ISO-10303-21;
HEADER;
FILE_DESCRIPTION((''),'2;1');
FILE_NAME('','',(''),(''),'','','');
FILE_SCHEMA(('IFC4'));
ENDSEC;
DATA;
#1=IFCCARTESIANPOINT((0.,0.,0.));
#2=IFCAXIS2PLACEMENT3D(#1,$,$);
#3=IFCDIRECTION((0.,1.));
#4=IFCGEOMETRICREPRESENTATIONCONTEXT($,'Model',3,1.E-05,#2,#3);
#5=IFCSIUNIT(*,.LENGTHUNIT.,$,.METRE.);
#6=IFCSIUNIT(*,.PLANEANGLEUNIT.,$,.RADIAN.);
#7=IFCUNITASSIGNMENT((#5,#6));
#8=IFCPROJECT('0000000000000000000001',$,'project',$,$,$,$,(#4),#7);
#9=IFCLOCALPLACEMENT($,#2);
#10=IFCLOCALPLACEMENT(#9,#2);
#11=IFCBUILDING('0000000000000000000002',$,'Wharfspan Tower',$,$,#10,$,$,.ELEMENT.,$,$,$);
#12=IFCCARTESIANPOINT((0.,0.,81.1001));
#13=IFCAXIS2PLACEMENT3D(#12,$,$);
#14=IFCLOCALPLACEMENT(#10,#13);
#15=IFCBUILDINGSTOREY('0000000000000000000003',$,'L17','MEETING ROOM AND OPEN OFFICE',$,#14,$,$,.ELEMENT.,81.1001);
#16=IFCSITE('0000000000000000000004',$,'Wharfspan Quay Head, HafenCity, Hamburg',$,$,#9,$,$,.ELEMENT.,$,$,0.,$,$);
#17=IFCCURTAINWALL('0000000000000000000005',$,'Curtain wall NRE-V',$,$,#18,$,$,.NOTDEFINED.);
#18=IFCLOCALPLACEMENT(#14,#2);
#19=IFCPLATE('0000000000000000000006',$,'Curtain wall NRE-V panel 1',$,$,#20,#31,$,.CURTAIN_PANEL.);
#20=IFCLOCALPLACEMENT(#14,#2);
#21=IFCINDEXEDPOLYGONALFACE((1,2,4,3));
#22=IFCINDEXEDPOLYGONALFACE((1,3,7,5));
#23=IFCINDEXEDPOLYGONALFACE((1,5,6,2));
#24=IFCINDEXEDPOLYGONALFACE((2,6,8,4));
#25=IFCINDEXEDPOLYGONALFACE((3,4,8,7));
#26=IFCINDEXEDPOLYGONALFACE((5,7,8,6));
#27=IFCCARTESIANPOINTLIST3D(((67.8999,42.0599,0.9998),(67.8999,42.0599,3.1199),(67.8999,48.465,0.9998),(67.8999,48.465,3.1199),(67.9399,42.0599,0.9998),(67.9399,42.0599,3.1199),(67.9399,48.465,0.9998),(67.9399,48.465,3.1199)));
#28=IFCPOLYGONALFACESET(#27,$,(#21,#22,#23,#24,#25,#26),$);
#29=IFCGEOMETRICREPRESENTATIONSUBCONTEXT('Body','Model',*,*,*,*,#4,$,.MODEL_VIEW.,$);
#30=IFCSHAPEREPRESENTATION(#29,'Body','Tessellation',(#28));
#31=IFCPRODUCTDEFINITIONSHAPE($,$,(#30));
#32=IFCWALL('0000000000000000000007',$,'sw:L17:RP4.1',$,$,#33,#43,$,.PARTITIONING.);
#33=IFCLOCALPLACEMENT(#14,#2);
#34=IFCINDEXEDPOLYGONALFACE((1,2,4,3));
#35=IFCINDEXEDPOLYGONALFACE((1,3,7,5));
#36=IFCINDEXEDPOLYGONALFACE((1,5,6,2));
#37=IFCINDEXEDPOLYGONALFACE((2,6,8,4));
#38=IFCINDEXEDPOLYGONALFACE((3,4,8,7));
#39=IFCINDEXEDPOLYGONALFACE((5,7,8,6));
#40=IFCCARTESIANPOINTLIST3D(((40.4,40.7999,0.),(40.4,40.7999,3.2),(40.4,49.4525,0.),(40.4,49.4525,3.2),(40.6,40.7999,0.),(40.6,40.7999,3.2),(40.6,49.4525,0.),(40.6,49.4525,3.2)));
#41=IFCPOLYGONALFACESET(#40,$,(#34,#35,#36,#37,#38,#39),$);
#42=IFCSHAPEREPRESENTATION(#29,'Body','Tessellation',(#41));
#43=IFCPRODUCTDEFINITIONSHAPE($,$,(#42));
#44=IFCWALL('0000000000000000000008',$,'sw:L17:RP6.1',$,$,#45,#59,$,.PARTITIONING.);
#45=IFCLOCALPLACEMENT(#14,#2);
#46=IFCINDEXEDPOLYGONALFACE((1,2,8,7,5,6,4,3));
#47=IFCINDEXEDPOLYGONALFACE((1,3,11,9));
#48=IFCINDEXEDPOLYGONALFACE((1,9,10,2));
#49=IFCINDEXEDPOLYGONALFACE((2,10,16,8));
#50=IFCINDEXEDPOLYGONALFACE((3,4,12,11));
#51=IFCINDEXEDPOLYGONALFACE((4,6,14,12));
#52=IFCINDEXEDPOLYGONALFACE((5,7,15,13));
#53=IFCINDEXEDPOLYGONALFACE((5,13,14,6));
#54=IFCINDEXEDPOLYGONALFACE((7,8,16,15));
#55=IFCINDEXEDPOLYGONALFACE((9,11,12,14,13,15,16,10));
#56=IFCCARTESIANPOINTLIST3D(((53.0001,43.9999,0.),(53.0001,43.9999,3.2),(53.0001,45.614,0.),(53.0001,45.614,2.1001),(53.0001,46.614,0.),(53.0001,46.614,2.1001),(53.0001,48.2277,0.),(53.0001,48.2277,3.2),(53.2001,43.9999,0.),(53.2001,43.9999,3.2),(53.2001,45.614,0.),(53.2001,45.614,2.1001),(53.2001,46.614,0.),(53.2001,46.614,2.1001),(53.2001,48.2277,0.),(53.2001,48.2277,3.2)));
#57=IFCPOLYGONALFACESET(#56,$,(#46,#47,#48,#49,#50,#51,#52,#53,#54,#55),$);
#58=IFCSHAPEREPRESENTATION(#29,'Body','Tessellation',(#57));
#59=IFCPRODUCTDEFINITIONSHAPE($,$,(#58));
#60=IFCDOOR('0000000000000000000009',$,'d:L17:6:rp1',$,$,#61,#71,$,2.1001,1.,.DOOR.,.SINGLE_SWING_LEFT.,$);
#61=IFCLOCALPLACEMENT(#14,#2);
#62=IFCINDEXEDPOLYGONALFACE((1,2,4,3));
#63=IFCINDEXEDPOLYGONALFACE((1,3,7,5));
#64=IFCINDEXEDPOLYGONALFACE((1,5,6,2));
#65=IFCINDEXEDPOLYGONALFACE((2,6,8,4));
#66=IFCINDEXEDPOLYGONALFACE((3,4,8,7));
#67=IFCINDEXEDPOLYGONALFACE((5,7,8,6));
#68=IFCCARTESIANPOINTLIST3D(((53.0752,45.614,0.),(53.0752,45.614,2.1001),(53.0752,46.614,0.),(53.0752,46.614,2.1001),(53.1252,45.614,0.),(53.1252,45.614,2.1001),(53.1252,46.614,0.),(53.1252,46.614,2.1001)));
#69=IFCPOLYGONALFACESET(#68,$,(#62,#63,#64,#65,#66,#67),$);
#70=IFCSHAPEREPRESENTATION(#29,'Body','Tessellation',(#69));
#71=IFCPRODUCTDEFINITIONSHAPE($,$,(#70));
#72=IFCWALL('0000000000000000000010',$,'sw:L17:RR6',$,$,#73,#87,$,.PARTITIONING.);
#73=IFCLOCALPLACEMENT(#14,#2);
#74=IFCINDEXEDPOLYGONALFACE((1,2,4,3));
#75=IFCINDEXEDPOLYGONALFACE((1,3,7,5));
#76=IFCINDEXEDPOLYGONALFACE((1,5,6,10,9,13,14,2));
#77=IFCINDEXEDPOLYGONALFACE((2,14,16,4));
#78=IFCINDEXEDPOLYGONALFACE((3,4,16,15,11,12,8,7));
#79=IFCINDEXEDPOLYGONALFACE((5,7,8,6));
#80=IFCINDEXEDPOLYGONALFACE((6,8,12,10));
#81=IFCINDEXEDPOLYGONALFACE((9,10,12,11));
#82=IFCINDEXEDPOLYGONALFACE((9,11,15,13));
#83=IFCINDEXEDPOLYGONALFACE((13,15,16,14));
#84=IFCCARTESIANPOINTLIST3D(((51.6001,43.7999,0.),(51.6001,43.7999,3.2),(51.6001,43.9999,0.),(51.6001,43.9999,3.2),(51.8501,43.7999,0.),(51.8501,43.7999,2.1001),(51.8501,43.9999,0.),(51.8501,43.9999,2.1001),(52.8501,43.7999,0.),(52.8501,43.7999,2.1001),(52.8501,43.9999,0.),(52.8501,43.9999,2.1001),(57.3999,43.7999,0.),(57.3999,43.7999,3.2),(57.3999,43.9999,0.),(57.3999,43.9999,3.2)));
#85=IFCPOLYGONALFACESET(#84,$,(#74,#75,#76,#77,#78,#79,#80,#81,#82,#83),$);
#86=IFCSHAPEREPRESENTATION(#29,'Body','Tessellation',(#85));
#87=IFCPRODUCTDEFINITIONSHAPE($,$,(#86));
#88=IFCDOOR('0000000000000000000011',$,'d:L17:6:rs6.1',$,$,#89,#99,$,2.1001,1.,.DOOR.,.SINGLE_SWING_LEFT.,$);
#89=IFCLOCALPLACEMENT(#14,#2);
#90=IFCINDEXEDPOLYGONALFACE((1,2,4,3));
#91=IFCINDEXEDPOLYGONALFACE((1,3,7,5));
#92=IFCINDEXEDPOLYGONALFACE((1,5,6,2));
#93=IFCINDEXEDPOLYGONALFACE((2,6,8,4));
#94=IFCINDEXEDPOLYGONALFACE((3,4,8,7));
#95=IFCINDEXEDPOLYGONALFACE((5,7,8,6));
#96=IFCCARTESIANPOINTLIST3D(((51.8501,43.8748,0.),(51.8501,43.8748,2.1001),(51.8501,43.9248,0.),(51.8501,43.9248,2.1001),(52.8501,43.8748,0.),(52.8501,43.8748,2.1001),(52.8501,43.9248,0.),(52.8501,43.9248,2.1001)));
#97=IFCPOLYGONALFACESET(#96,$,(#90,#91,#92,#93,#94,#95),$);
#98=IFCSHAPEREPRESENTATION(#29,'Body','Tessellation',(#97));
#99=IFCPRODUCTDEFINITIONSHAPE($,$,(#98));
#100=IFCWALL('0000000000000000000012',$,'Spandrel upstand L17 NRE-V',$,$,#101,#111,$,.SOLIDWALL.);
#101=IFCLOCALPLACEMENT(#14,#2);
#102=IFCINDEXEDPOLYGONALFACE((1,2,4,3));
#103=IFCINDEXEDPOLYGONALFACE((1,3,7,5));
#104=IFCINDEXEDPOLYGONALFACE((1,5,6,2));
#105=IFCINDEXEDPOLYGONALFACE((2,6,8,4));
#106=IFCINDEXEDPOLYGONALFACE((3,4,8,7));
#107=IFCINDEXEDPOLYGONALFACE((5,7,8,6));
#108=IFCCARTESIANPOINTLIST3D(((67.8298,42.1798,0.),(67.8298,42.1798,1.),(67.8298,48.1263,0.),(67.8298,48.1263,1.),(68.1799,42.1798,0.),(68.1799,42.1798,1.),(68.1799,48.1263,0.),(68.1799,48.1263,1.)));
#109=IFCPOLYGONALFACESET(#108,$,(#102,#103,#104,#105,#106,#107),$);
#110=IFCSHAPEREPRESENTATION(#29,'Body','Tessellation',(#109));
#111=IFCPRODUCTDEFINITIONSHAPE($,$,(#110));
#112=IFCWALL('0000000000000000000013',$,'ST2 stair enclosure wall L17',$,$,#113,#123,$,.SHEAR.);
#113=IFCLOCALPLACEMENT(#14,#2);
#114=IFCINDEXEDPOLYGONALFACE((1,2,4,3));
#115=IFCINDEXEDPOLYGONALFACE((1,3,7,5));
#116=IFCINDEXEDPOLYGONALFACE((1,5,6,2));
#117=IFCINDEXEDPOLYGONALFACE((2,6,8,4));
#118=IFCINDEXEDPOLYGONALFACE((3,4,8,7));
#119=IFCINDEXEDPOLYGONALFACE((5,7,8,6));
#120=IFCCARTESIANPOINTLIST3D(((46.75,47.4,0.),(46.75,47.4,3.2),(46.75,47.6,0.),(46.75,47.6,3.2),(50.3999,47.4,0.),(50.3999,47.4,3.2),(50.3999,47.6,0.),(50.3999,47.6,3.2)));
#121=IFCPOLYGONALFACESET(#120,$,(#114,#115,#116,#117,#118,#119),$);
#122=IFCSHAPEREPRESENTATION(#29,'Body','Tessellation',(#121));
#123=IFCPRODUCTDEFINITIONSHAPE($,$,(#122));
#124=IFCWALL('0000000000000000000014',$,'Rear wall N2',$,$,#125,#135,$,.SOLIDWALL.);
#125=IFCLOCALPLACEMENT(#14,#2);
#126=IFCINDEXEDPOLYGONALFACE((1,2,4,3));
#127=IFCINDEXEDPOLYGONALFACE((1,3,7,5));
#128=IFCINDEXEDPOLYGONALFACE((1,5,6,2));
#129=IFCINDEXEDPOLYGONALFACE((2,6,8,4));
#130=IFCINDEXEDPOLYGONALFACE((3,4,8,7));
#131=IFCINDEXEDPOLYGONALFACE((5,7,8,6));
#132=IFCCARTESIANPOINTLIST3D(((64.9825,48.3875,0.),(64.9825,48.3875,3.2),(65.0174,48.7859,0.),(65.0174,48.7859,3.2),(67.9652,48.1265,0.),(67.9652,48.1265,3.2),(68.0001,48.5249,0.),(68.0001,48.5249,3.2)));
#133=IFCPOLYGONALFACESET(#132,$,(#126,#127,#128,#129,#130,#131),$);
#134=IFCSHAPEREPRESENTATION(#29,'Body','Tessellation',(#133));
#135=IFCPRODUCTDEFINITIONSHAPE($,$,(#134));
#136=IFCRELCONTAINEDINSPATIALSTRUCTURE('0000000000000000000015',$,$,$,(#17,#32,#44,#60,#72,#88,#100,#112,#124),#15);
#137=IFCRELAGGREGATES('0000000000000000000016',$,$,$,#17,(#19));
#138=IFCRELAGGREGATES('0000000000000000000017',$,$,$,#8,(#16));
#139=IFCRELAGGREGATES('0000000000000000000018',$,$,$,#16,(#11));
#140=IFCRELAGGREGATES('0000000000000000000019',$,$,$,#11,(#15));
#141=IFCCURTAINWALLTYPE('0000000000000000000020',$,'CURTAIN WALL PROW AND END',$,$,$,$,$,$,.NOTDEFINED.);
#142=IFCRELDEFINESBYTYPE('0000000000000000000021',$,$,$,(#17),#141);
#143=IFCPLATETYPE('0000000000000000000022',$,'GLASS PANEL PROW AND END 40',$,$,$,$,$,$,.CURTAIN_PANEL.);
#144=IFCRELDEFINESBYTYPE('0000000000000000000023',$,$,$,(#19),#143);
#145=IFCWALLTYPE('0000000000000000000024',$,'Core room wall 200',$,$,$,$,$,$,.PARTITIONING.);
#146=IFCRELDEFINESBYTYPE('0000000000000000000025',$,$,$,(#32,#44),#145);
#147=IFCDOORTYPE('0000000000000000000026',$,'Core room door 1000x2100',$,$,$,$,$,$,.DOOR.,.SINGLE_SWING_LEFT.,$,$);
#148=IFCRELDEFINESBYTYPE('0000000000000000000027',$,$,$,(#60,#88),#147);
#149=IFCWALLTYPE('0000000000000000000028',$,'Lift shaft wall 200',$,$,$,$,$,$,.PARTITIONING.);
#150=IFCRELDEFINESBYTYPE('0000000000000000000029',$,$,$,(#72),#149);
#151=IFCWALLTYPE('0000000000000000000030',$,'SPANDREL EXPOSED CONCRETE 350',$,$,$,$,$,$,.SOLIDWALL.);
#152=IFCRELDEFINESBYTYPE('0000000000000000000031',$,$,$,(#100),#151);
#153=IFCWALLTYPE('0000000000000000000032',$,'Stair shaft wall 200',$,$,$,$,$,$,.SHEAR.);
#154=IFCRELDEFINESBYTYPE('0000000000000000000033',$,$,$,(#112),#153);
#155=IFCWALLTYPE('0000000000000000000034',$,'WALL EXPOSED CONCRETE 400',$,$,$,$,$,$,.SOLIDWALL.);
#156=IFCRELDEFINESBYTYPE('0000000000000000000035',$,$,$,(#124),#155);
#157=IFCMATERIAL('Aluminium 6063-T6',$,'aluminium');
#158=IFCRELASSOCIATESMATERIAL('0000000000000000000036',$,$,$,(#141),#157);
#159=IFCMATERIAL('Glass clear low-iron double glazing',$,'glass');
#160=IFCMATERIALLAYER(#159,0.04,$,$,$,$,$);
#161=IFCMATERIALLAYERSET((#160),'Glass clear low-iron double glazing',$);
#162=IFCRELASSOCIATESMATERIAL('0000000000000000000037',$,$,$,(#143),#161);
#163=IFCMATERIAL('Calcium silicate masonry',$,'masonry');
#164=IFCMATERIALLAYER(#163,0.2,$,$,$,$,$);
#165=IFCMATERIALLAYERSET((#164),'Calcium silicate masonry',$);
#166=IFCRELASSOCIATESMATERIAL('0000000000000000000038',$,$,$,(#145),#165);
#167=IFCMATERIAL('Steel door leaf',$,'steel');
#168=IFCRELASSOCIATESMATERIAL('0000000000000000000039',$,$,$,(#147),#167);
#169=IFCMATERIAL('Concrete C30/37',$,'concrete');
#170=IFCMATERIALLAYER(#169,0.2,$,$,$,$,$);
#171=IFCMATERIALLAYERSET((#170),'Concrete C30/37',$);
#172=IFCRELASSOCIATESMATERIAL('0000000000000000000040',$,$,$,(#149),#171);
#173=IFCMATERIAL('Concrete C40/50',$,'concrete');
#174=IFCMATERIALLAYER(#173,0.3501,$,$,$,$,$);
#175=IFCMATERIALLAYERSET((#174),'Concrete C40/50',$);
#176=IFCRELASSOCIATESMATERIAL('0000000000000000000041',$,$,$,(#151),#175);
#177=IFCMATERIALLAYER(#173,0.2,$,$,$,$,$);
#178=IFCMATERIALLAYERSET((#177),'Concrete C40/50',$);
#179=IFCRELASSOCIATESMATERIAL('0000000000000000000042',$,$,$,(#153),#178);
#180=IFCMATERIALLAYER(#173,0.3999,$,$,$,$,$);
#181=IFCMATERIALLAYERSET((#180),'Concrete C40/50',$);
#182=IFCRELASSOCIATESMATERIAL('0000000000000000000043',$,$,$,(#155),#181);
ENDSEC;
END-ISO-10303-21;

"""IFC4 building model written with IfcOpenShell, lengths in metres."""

from ifc_helpers import new_model, si_unit, direction, frame, frame_2d, origin, origin_2d, place, context, subcontext, project, spatial, rectangle, extrude, material, layer, layer_set, type_object, element, fill, aggregate, save


model = new_model("IFC4")

# Units and contexts
model_context = context("Model", 3, precision=1e-05, world=origin(), true_north=direction((0.0, 1.0)))
body_context = subcontext(model_context, "Body", "Model", "MODEL_VIEW")
ifc_project = project(units=[si_unit("LENGTHUNIT", "METRE"), si_unit("PLANEANGLEUNIT", "RADIAN")], contexts=[model_context])

# Site, building, storey
site_placement = place(None, origin())
site = spatial("IfcSite", under=ifc_project, at=site_placement, Name="Wharfspan Quay Head, HafenCity, Hamburg", CompositionType="ELEMENT", RefElevation=0.0)
building_placement = place(site_placement, origin())
building = spatial("IfcBuilding", under=site, at=building_placement, Name="Wharfspan Tower", CompositionType="ELEMENT")
storey_placement = place(building_placement, frame((0.0, 0.0, 81.1001)))
storey = spatial("IfcBuildingStorey", under=building, at=storey_placement, Name="L17", Description="MEETING ROOM AND OPEN OFFICE", CompositionType="ELEMENT", Elevation=81.1001)

# Shared definitions
ifc_material_1 = material(Name="Aluminium 6063-T6", Category="aluminium")
curtain_wall_type = type_object("IfcCurtainWallType", Name="CURTAIN WALL PROW AND END", PredefinedType="NOTDEFINED", material=ifc_material_1)

# Curtain wall
curtain_wall_1_placement = place(storey_placement, origin())
curtain_wall_1 = element("IfcCurtainWall", 1, at=curtain_wall_1_placement, inside=storey, type_object=curtain_wall_type, Name="Curtain wall NRE-V", PredefinedType="NOTDEFINED")

# Plate
ifc_material_2 = material(Name="Glass clear low-iron double glazing", Category="glass")
ifc_layer_1 = layer(ifc_material_2, 0.04)
ifc_layer_set_1 = layer_set([ifc_layer_1], Name="Glass clear low-iron double glazing")
plate_type = type_object("IfcPlateType", Name="GLASS PANEL PROW AND END 40", PredefinedType="CURTAIN_PANEL", material=ifc_layer_set_1)
plate_placement = place(storey_placement, frame((67.9199, 45.2625, 0.9998), z_axis=(0.0, 0.0, 1.0), x_axis=(0.0, 1.0, 0.0)))
plate = element("IfcPlate", 2, at=plate_placement, type_object=plate_type, Name="Curtain wall NRE-V panel 1", PredefinedType="CURTAIN_PANEL", context=body_context, shape_type="SweptSolid", body=[
    extrude(rectangle(XDim=6.405, YDim=0.04, at=origin_2d()), origin(), (0.0, 0.0, 1.0), 2.1201),
])
aggregate(curtain_wall_1, [plate])

# Wall
ifc_material_3 = material(Name="Calcium silicate masonry", Category="masonry")
ifc_layer_2 = layer(ifc_material_3, 0.2)
ifc_layer_set_2 = layer_set([ifc_layer_2], Name="Calcium silicate masonry")
wall_type_1 = type_object("IfcWallType", Name="Core room wall 200", PredefinedType="PARTITIONING", material=ifc_layer_set_2)
wall_1_placement = place(storey_placement, frame((40.5, 40.8, 0.0), z_axis=(0.0, 0.0, 1.0), x_axis=(0.0, 1.0, 0.0)))
element("IfcWall", 3, at=wall_1_placement, inside=storey, type_object=wall_type_1, Name="sw:L17:RP4.1", PredefinedType="PARTITIONING", context=body_context, shape_type="SweptSolid", body=[
    extrude(rectangle(XDim=8.6526, YDim=0.2, at=frame_2d((4.3262, 0.0))), origin(), (0.0, 0.0, 1.0), 3.2),
])

# Walls, openings, doors
wall_2_placement = place(storey_placement, frame((53.1001, 44.0, 0.0), z_axis=(0.0, 0.0, 1.0), x_axis=(0.0, 1.0, 0.0)))
wall_2 = element("IfcWall", 4, at=wall_2_placement, inside=storey, type_object=wall_type_1, Name="sw:L17:RP6.1", PredefinedType="PARTITIONING", context=body_context, shape_type="SweptSolid", body=[
    extrude(rectangle(XDim=4.2278, YDim=0.2, at=frame_2d((2.1138, 0.0))), origin(), (0.0, 0.0, 1.0), 3.2),
])
opening_1_placement = place(wall_2_placement, frame((1.614, 0.0, 0.0)))
opening_1 = element("IfcOpeningElement", 5, at=opening_1_placement, cuts=wall_2, PredefinedType="OPENING", context=body_context, shape_type="SweptSolid", body=[
    extrude(rectangle(XDim=1.0, YDim=2.1001, at=frame_2d((0.5, 1.05))), frame((0.0, 0.1099, 0.0), z_axis=(0.0, -1.0, 0.0), x_axis=(1.0, 0.0, 0.0)), (0.0, 0.0, 1.0), 0.22),
])
ifc_material_4 = material(Name="Steel door leaf", Category="steel")
door_type = type_object("IfcDoorType", Name="Core room door 1000x2100", OperationType="SINGLE_SWING_LEFT", PredefinedType="DOOR", material=ifc_material_4)
door_1_placement = place(opening_1_placement, origin())
door_1 = element("IfcDoor", 6, at=door_1_placement, inside=storey, type_object=door_type, Name="d:L17:6:rp1", OperationType="SINGLE_SWING_LEFT", OverallHeight=2.1001, OverallWidth=1.0, PredefinedType="DOOR", context=body_context, shape_type="SweptSolid", body=[
    extrude(rectangle(XDim=1.0, YDim=2.1001, at=frame_2d((0.5, 1.05))), frame((0.0, 0.0249, 0.0), z_axis=(0.0, -1.0, 0.0), x_axis=(1.0, 0.0, 0.0)), (0.0, 0.0, 1.0), 0.05),
])
fill(opening_1, door_1)
ifc_material_5 = material(Name="Concrete C30/37", Category="concrete")
ifc_layer_3 = layer(ifc_material_5, 0.2)
ifc_layer_set_3 = layer_set([ifc_layer_3], Name="Concrete C30/37")
wall_type_2 = type_object("IfcWallType", Name="Lift shaft wall 200", PredefinedType="PARTITIONING", material=ifc_layer_set_3)
wall_3_placement = place(storey_placement, frame((51.6001, 43.8999, 0.0), z_axis=(0.0, 0.0, 1.0), x_axis=(1.0, 0.0, 0.0)))
wall_3 = element("IfcWall", 7, at=wall_3_placement, inside=storey, type_object=wall_type_2, Name="sw:L17:RR6", PredefinedType="PARTITIONING", context=body_context, shape_type="SweptSolid", body=[
    extrude(rectangle(XDim=5.7998, YDim=0.2, at=frame_2d((2.8999, 0.0))), origin(), (0.0, 0.0, 1.0), 3.2),
])
opening_2_placement = place(wall_3_placement, frame((0.25, 0.0, 0.0)))
opening_2 = element("IfcOpeningElement", 8, at=opening_2_placement, cuts=wall_3, PredefinedType="OPENING", context=body_context, shape_type="SweptSolid", body=[
    extrude(rectangle(XDim=1.0, YDim=2.1001, at=frame_2d((0.5, 1.05))), frame((0.0, 0.1099, 0.0), z_axis=(0.0, -1.0, 0.0), x_axis=(1.0, 0.0, 0.0)), (0.0, 0.0, 1.0), 0.22),
])
door_2_placement = place(opening_2_placement, origin())
door_2 = element("IfcDoor", 9, at=door_2_placement, inside=storey, type_object=door_type, Name="d:L17:6:rs6.1", OperationType="SINGLE_SWING_LEFT", OverallHeight=2.1001, OverallWidth=1.0, PredefinedType="DOOR", context=body_context, shape_type="SweptSolid", body=[
    extrude(rectangle(XDim=1.0, YDim=2.1001, at=frame_2d((0.5, 1.05))), frame((0.0, 0.0249, 0.0), z_axis=(0.0, -1.0, 0.0), x_axis=(1.0, 0.0, 0.0)), (0.0, 0.0, 1.0), 0.05),
])
fill(opening_2, door_2)

# Walls
ifc_material_6 = material(Name="Concrete C40/50", Category="concrete")
ifc_layer_4 = layer(ifc_material_6, 0.3501)
ifc_layer_set_4 = layer_set([ifc_layer_4], Name="Concrete C40/50")
wall_type_3 = type_object("IfcWallType", Name="SPANDREL EXPOSED CONCRETE 350", PredefinedType="SOLIDWALL", material=ifc_layer_set_4)
wall_4_placement = place(storey_placement, frame((68.0049, 42.1799, 0.0), z_axis=(0.0, 0.0, 1.0), x_axis=(0.0, 1.0, 0.0)))
element("IfcWall", 10, at=wall_4_placement, inside=storey, type_object=wall_type_3, Name="Spandrel upstand L17 NRE-V", PredefinedType="SOLIDWALL", context=body_context, shape_type="SweptSolid", body=[
    extrude(rectangle(XDim=5.9465, YDim=0.3501, at=frame_2d((2.9731, 0.0))), origin(), (0.0, 0.0, 1.0), 1.0),
])
ifc_layer_5 = layer(ifc_material_6, 0.2)
ifc_layer_set_5 = layer_set([ifc_layer_5], Name="Concrete C40/50")
wall_type_4 = type_object("IfcWallType", Name="Stair shaft wall 200", PredefinedType="SHEAR", material=ifc_layer_set_5)
wall_5_placement = place(storey_placement, frame((46.75, 47.5, 0.0), z_axis=(0.0, 0.0, 1.0), x_axis=(1.0, 0.0, 0.0)))
element("IfcWall", 11, at=wall_5_placement, inside=storey, type_object=wall_type_4, Name="ST2 stair enclosure wall L17", PredefinedType="SHEAR", context=body_context, shape_type="SweptSolid", body=[
    extrude(rectangle(XDim=3.6499, YDim=0.2, at=frame_2d((1.825, 0.0))), origin(), (0.0, 0.0, 1.0), 3.2),
])
ifc_layer_6 = layer(ifc_material_6, 0.3999)
ifc_layer_set_6 = layer_set([ifc_layer_6], Name="Concrete C40/50")
wall_type_5 = type_object("IfcWallType", Name="WALL EXPOSED CONCRETE 400", PredefinedType="SOLIDWALL", material=ifc_layer_set_6)
wall_6_placement = place(storey_placement, frame((67.9827, 48.3257, 0.0), z_axis=(0.0, 0.0, 1.0), x_axis=(-0.996194, 0.087168, 0.0)))
element("IfcWall", 12, at=wall_6_placement, inside=storey, type_object=wall_type_5, Name="Rear wall N2", PredefinedType="SOLIDWALL", context=body_context, shape_type="SweptSolid", body=[
    extrude(rectangle(XDim=2.9941, YDim=0.3999, at=frame_2d((1.4971, 0.0))), origin(), (0.0, 0.0, 1.0), 3.2),
])

save(model, "model.ifc")
